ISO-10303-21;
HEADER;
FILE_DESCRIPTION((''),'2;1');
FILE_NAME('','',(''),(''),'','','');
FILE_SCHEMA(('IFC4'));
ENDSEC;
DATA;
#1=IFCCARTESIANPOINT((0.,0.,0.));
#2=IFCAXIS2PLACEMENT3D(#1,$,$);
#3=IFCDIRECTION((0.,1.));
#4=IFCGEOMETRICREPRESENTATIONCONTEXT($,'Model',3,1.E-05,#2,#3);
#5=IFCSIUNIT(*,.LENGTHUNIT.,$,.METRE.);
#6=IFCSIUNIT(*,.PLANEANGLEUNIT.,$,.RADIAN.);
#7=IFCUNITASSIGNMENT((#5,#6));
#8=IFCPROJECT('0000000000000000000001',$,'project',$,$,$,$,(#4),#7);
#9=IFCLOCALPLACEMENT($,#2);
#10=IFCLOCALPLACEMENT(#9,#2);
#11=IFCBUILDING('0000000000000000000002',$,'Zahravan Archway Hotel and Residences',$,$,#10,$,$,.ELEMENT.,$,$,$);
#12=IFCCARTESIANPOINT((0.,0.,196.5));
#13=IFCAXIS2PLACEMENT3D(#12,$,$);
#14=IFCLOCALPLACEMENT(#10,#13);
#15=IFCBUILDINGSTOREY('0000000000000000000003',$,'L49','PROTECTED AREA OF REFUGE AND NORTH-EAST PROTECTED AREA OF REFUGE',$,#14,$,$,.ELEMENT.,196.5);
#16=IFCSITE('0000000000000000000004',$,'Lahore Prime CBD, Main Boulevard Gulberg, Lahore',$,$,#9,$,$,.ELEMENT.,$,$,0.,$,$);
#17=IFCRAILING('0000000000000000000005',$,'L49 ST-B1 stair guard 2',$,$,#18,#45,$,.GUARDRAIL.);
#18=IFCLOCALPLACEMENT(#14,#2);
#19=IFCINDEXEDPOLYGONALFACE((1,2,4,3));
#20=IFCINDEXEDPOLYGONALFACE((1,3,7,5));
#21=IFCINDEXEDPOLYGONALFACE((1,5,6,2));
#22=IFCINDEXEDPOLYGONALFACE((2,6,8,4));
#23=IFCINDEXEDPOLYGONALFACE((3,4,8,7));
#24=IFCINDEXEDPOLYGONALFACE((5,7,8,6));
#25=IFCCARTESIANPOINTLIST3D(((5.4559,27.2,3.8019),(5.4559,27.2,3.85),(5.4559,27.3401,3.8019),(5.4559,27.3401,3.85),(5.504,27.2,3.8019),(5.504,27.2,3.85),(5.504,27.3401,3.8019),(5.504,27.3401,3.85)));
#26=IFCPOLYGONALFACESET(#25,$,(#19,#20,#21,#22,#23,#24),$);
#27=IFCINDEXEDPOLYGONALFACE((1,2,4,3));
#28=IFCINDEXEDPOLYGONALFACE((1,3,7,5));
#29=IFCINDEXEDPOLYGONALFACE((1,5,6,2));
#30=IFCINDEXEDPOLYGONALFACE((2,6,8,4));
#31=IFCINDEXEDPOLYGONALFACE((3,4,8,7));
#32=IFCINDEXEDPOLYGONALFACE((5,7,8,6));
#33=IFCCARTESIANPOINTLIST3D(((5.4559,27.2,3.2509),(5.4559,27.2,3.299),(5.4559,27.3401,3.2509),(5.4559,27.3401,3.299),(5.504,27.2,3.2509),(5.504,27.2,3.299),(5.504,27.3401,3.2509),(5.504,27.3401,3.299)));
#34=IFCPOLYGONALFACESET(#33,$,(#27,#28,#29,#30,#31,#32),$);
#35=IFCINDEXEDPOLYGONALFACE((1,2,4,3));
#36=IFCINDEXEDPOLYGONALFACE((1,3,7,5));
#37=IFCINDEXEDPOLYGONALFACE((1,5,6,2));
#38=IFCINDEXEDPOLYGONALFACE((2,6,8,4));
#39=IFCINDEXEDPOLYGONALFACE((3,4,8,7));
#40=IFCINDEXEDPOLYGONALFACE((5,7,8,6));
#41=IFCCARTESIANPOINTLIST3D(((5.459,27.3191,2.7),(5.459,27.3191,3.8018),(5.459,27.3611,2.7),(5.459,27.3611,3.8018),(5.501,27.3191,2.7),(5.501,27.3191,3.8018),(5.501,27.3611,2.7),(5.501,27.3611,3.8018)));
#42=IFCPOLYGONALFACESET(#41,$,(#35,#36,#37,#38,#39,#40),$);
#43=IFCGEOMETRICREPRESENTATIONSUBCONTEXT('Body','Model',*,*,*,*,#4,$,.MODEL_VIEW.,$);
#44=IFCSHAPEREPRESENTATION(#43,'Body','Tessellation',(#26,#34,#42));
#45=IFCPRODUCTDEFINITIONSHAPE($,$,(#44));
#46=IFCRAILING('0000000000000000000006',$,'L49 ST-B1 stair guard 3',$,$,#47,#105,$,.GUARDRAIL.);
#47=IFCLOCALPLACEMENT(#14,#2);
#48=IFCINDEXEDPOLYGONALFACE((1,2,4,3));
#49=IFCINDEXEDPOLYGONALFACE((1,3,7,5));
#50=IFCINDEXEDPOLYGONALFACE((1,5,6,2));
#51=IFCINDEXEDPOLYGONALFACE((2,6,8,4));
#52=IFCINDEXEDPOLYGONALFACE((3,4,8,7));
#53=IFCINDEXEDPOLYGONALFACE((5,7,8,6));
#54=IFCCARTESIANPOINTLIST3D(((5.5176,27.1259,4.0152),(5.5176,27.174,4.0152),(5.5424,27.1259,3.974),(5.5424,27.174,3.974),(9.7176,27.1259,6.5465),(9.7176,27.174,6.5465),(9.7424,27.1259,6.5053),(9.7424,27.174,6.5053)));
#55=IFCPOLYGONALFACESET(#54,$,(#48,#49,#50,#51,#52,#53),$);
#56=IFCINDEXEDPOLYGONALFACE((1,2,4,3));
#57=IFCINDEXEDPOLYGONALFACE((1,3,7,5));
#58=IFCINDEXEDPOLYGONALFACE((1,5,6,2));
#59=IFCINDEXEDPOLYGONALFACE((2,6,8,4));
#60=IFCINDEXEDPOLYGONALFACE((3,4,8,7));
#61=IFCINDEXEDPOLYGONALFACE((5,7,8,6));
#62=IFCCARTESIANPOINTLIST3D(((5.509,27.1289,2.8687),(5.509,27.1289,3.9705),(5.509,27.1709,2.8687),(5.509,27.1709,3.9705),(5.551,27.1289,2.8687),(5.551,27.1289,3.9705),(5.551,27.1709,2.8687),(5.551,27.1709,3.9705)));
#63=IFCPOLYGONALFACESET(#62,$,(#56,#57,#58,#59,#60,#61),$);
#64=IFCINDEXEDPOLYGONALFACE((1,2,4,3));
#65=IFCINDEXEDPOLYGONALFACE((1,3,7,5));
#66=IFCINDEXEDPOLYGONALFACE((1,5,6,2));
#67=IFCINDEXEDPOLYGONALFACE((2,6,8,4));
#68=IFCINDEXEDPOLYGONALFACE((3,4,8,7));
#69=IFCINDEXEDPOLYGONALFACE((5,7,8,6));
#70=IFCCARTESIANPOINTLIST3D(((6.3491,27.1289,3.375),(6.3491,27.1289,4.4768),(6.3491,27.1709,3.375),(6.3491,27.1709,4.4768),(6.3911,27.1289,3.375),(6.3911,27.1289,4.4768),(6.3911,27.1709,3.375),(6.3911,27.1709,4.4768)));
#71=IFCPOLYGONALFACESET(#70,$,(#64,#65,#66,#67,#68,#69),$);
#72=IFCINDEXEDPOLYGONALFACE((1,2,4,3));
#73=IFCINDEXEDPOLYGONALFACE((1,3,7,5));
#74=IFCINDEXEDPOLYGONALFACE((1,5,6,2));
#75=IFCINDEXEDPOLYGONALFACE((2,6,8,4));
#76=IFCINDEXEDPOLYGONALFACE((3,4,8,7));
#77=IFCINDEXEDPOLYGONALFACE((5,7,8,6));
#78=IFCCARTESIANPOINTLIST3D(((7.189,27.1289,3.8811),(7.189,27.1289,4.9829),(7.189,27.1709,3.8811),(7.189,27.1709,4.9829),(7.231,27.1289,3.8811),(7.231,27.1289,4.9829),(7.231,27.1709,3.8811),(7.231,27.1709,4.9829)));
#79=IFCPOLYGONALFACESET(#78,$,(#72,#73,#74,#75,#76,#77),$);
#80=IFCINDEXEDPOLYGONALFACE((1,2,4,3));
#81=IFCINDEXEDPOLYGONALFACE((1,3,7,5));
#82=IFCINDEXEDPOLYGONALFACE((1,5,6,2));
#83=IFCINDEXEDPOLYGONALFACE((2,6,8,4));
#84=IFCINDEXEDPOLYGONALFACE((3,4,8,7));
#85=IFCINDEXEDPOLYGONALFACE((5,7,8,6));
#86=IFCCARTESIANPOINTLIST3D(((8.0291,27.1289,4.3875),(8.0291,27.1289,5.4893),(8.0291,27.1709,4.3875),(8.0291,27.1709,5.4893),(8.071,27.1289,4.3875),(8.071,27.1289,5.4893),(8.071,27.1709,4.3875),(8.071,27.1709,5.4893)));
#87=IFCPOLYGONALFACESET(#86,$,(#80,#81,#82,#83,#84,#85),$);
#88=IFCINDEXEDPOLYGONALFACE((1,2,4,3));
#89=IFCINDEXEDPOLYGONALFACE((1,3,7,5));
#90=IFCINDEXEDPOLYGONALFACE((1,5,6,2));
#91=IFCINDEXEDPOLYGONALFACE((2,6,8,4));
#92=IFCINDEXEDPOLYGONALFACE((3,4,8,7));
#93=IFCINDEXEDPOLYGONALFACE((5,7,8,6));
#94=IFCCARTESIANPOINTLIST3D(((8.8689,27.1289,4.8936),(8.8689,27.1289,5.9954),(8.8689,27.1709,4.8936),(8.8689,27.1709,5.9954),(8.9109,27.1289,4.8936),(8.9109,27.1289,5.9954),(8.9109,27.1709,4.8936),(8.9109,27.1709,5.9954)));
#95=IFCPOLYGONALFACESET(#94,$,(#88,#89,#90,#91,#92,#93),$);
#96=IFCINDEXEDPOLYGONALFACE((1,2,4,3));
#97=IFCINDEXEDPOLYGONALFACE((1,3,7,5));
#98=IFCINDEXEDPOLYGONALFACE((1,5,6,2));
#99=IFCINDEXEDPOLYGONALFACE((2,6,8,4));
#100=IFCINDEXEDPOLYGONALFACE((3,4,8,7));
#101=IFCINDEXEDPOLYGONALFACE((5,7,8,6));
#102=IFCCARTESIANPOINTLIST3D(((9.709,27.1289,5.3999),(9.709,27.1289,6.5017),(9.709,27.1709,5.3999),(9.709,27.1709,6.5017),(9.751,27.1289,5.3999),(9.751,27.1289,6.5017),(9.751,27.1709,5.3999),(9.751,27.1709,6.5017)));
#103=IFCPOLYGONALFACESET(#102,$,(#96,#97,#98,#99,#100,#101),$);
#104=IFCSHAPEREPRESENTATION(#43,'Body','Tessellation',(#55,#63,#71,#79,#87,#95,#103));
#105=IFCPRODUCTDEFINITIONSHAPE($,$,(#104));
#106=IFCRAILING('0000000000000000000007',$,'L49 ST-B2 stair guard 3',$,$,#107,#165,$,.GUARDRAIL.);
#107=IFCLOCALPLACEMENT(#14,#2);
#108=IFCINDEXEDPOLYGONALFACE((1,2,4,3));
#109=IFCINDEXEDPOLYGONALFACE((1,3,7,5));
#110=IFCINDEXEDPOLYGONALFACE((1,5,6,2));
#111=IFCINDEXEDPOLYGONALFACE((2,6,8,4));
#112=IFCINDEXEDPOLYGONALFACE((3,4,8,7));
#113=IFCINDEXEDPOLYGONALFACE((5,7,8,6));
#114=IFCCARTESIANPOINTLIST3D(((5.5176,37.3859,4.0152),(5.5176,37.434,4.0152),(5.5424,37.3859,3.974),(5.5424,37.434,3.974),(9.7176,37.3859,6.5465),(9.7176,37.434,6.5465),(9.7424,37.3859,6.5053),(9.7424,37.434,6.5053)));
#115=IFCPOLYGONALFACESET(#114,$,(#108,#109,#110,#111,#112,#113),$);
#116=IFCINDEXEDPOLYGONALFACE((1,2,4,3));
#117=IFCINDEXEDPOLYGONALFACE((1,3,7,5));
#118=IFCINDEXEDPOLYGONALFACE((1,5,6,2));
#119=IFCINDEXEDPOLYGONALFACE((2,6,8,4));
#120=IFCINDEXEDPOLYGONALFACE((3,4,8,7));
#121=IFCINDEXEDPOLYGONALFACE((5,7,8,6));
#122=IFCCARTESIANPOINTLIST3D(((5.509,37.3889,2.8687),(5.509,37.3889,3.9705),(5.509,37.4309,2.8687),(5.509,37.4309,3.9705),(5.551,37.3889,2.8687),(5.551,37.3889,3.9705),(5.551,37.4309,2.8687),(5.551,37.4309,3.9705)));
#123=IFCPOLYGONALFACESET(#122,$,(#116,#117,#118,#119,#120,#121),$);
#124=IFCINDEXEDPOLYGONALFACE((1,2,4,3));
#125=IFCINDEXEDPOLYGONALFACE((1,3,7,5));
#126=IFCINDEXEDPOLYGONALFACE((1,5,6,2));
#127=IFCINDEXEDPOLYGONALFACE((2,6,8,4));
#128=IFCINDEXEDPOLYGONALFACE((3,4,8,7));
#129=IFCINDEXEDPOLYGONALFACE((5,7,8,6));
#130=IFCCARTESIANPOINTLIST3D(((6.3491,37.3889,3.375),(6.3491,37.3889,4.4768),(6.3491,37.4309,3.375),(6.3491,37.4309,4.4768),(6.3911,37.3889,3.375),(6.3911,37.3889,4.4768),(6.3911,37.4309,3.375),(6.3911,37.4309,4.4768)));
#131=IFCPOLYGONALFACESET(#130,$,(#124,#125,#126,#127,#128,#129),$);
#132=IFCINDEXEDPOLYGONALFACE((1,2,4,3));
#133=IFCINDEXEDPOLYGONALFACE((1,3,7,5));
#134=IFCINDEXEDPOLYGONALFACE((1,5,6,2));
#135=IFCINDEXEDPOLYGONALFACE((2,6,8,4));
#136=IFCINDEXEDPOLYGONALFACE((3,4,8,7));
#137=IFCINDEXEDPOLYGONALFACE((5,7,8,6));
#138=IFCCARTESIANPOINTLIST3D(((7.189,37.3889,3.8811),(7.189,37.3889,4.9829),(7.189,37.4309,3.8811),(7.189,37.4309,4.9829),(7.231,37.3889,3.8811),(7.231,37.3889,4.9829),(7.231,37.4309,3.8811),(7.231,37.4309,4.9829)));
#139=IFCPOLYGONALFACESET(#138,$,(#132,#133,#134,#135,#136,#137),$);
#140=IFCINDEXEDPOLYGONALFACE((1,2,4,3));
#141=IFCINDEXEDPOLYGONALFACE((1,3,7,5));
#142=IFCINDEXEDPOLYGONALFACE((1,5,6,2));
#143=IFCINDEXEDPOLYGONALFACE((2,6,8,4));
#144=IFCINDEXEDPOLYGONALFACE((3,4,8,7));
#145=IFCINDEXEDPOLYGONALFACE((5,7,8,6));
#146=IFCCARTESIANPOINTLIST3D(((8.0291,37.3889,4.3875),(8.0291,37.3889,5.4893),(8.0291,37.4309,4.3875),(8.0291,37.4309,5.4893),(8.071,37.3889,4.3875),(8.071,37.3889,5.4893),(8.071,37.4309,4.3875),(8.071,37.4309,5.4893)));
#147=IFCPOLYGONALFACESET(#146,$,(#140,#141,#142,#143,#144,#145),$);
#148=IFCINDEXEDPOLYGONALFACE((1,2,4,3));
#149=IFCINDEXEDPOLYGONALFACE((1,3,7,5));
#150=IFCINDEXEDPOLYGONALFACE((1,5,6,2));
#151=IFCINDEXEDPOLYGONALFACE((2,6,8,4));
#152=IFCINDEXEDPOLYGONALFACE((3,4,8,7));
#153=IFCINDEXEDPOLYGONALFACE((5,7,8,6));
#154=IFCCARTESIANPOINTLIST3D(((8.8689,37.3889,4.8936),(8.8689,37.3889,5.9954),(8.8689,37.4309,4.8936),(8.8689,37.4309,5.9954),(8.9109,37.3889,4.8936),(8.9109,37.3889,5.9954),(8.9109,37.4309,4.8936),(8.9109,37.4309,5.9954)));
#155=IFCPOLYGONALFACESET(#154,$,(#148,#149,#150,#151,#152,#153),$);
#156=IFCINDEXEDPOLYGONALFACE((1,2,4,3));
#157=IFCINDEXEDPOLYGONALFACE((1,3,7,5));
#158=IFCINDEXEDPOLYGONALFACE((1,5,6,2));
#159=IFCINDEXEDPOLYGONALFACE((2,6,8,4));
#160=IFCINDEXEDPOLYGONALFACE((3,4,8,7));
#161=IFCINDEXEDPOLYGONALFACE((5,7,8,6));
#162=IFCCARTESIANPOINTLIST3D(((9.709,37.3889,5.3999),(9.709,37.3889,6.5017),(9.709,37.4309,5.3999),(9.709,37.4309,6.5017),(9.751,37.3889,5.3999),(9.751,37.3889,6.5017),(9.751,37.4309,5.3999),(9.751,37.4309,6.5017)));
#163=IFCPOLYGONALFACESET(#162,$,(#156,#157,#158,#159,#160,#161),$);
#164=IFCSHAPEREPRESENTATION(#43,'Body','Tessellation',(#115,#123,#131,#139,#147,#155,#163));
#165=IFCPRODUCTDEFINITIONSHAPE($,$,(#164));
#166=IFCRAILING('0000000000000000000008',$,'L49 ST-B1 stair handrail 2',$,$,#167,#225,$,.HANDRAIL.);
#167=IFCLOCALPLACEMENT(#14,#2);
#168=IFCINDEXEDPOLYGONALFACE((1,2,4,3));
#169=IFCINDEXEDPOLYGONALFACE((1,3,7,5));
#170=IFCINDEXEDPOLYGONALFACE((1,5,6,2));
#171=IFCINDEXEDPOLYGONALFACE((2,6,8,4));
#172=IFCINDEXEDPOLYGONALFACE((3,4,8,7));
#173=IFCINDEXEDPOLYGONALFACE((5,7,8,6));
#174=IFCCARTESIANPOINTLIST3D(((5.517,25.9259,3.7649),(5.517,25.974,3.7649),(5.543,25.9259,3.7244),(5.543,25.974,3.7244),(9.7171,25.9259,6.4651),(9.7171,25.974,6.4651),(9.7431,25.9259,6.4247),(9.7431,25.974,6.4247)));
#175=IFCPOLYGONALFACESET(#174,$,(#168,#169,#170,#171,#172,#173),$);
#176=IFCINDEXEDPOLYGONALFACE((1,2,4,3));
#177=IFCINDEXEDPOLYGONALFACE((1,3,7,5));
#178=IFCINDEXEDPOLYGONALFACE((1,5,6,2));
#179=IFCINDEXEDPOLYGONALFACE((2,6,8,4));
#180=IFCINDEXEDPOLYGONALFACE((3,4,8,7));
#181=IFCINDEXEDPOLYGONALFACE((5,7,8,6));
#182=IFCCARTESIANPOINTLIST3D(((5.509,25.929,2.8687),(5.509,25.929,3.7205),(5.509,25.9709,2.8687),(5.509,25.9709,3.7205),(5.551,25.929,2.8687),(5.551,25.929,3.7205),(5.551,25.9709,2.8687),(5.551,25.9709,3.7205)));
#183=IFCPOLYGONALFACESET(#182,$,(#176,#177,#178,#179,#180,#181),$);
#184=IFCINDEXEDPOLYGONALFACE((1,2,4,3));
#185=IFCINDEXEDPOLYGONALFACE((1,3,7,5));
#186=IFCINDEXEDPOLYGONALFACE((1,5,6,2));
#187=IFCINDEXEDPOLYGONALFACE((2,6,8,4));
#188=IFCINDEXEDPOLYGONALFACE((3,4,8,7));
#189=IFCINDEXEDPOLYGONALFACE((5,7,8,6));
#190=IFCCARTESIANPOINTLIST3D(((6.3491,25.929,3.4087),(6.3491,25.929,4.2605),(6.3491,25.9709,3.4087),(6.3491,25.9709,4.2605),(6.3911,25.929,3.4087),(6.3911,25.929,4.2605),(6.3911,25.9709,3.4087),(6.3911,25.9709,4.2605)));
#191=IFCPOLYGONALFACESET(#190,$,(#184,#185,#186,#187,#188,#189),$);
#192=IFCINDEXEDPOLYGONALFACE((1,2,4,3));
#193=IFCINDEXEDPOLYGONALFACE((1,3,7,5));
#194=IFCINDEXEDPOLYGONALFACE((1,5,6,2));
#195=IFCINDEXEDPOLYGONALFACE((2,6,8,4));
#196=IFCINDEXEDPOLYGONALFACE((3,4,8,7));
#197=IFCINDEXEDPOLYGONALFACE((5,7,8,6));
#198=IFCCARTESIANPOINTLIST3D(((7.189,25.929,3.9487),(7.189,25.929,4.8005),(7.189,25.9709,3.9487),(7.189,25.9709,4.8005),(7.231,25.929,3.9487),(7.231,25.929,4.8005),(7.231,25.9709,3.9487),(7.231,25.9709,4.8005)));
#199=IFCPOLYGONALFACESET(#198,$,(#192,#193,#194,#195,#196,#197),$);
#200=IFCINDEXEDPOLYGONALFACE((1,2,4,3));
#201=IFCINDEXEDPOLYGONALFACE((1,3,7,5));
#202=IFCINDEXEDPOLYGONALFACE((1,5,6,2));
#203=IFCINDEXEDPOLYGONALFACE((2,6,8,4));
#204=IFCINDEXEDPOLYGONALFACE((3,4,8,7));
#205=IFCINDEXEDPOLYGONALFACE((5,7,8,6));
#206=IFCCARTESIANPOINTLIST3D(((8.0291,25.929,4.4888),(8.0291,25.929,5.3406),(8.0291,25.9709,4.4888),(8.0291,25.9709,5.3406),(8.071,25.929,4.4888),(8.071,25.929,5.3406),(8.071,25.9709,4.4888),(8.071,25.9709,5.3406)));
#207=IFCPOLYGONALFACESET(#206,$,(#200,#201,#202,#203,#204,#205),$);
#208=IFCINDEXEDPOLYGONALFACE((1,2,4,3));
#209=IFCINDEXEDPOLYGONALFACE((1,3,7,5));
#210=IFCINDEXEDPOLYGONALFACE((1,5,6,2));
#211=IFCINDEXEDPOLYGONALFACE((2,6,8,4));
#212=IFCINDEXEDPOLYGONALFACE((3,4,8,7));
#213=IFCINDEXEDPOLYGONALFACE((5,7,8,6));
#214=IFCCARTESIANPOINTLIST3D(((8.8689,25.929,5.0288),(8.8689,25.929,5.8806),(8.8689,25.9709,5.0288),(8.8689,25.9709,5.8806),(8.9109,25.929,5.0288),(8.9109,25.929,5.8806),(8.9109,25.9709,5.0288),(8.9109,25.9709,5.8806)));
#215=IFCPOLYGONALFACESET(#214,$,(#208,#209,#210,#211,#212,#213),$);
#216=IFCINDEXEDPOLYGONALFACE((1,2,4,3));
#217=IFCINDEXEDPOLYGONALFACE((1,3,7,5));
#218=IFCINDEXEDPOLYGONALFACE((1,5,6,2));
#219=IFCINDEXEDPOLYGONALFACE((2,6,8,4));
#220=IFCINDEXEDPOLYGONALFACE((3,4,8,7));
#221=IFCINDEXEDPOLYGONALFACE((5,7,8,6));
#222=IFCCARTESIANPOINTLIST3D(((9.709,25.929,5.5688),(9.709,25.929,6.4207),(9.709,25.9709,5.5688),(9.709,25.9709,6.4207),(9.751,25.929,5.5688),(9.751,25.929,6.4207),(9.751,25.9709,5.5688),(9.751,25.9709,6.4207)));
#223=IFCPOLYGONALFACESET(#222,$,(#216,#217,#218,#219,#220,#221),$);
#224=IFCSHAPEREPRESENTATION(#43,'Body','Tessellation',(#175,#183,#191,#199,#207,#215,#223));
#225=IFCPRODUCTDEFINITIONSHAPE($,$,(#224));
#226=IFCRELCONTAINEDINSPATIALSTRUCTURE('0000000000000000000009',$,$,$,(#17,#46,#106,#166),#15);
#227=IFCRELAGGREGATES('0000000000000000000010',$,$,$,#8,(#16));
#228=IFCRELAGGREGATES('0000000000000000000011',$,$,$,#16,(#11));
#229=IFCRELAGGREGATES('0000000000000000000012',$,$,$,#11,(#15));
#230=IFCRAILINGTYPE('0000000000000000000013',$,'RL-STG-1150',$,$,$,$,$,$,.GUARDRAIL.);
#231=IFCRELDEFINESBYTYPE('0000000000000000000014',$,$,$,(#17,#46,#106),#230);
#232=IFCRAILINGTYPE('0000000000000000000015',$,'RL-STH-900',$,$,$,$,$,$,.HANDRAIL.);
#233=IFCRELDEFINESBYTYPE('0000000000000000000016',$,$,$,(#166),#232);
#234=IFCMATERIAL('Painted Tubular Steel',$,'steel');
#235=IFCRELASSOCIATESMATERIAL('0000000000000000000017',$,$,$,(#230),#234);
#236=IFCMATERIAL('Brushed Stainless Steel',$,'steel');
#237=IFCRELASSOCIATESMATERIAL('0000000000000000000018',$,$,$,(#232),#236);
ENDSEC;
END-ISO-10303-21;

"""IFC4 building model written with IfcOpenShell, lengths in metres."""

from ifc_helpers import new_model, si_unit, direction, frame, origin, origin_2d, place, context, subcontext, project, spatial, rectangle, extrude, material, type_object, element, save


model = new_model("IFC4")

# Units and contexts
model_context = context("Model", 3, precision=1e-05, world=origin(), true_north=direction((0.0, 1.0)))
body_context = subcontext(model_context, "Body", "Model", "MODEL_VIEW")
ifc_project = project(units=[si_unit("LENGTHUNIT", "METRE"), si_unit("PLANEANGLEUNIT", "RADIAN")], contexts=[model_context])

# Site, building, storey
site_placement = place(None, origin())
site = spatial("IfcSite", under=ifc_project, at=site_placement, Name="Lahore Prime CBD, Main Boulevard Gulberg, Lahore", CompositionType="ELEMENT", RefElevation=0.0)
building_placement = place(site_placement, origin())
building = spatial("IfcBuilding", under=site, at=building_placement, Name="Zahravan Archway Hotel and Residences", CompositionType="ELEMENT")
storey_placement = place(building_placement, frame((0.0, 0.0, 196.5)))
storey = spatial("IfcBuildingStorey", under=building, at=storey_placement, Name="L49", Description="PROTECTED AREA OF REFUGE AND NORTH-EAST PROTECTED AREA OF REFUGE", CompositionType="ELEMENT", Elevation=196.5)

# Shared definitions
ifc_material_1 = material(Name="Brushed Stainless Steel", Category="steel")

# Railings
ifc_material_2 = material(Name="Painted Tubular Steel", Category="steel")
railing_type_1 = type_object("IfcRailingType", Name="RL-STG-1150", PredefinedType="GUARDRAIL", material=ifc_material_2)
railing_1_placement = place(storey_placement, frame((5.48, 27.3401, 2.7)))
element("IfcRailing", 1, at=railing_1_placement, inside=storey, type_object=railing_type_1, Name="L49 ST-B1 stair guard 2", PredefinedType="GUARDRAIL", context=body_context, shape_type="SweptSolid", body=[
    extrude(rectangle(XDim=0.0481, YDim=0.0481, at=origin_2d()), frame((0.0, 0.0, 1.126), z_axis=(0.0, -1.0, 0.0), x_axis=(1.0, 0.0, 0.0)), (0.0, 0.0, 1.0), 0.1401),
    extrude(rectangle(XDim=0.0481, YDim=0.0481, at=origin_2d()), frame((0.0, 0.0, 0.575), z_axis=(0.0, -1.0, 0.0), x_axis=(1.0, 0.0, 0.0)), (0.0, 0.0, 1.0), 0.1401),
    extrude(rectangle(XDim=0.042, YDim=0.042, at=origin_2d()), origin(), (0.0, 0.0, 1.0), 1.1018),
])
for number, where, name in (
    (2, (5.53, 27.1499, 2.8687), "L49 ST-B1 stair guard 3"),
    (3, (5.53, 37.4099, 2.8687), "L49 ST-B2 stair guard 3"),
):
    element("IfcRailing", number, at=place(storey_placement, frame(where)), inside=storey, type_object=railing_type_1, Name=name, PredefinedType="GUARDRAIL", context=body_context, shape_type="SweptSolid", body=[
        extrude(rectangle(XDim=0.0481, YDim=0.0481, at=origin_2d()), frame((0.0, 0.0, 1.126), z_axis=(0.856476, 0.0, 0.516186), x_axis=(0.0, 1.0, 0.0)), (0.0, 0.0, 1.0), 4.9038),
        extrude(rectangle(XDim=0.042, YDim=0.042, at=origin_2d()), origin(), (0.0, 0.0, 1.0), 1.1018),
        extrude(rectangle(XDim=0.042, YDim=0.042, at=origin_2d()), frame((0.8401, 0.0, 0.5063)), (0.0, 0.0, 1.0), 1.1018),
        extrude(rectangle(XDim=0.042, YDim=0.042, at=origin_2d()), frame((1.6799, 0.0, 1.0125)), (0.0, 0.0, 1.0), 1.1018),
        extrude(rectangle(XDim=0.042, YDim=0.042, at=origin_2d()), frame((2.52, 0.0, 1.5188)), (0.0, 0.0, 1.0), 1.1018),
        extrude(rectangle(XDim=0.042, YDim=0.042, at=origin_2d()), frame((3.3599, 0.0, 2.0249)), (0.0, 0.0, 1.0), 1.1018),
        extrude(rectangle(XDim=0.042, YDim=0.042, at=origin_2d()), frame((4.2, 0.0, 2.5312)), (0.0, 0.0, 1.0), 1.1018),
    ])
railing_type_2 = type_object("IfcRailingType", Name="RL-STH-900", PredefinedType="HANDRAIL", material=ifc_material_1)
for number, where, name in (
    (4, (5.53, 25.95, 2.8687), "L49 ST-B1 stair handrail 2"),
):
    element("IfcRailing", number, at=place(storey_placement, frame(where)), inside=storey, type_object=railing_type_2, Name=name, PredefinedType="HANDRAIL", context=body_context, shape_type="SweptSolid", body=[
        extrude(rectangle(XDim=0.0481, YDim=0.0481, at=origin_2d()), frame((0.0, 0.0, 0.876), z_axis=(0.841158, 0.0, 0.54079), x_axis=(0.0, 1.0, 0.0)), (0.0, 0.0, 1.0), 4.9932),
        extrude(rectangle(XDim=0.042, YDim=0.042, at=origin_2d()), origin(), (0.0, 0.0, 1.0), 0.8518),
        extrude(rectangle(XDim=0.042, YDim=0.042, at=origin_2d()), frame((0.8401, 0.0, 0.54)), (0.0, 0.0, 1.0), 0.8518),
        extrude(rectangle(XDim=0.042, YDim=0.042, at=origin_2d()), frame((1.6799, 0.0, 1.0801)), (0.0, 0.0, 1.0), 0.8518),
        extrude(rectangle(XDim=0.042, YDim=0.042, at=origin_2d()), frame((2.52, 0.0, 1.6201)), (0.0, 0.0, 1.0), 0.8518),
        extrude(rectangle(XDim=0.042, YDim=0.042, at=origin_2d()), frame((3.3599, 0.0, 2.1602)), (0.0, 0.0, 1.0), 0.8518),
        extrude(rectangle(XDim=0.042, YDim=0.042, at=origin_2d()), frame((4.2, 0.0, 2.7002)), (0.0, 0.0, 1.0), 0.8518),
    ])

save(model, "model.ifc")
